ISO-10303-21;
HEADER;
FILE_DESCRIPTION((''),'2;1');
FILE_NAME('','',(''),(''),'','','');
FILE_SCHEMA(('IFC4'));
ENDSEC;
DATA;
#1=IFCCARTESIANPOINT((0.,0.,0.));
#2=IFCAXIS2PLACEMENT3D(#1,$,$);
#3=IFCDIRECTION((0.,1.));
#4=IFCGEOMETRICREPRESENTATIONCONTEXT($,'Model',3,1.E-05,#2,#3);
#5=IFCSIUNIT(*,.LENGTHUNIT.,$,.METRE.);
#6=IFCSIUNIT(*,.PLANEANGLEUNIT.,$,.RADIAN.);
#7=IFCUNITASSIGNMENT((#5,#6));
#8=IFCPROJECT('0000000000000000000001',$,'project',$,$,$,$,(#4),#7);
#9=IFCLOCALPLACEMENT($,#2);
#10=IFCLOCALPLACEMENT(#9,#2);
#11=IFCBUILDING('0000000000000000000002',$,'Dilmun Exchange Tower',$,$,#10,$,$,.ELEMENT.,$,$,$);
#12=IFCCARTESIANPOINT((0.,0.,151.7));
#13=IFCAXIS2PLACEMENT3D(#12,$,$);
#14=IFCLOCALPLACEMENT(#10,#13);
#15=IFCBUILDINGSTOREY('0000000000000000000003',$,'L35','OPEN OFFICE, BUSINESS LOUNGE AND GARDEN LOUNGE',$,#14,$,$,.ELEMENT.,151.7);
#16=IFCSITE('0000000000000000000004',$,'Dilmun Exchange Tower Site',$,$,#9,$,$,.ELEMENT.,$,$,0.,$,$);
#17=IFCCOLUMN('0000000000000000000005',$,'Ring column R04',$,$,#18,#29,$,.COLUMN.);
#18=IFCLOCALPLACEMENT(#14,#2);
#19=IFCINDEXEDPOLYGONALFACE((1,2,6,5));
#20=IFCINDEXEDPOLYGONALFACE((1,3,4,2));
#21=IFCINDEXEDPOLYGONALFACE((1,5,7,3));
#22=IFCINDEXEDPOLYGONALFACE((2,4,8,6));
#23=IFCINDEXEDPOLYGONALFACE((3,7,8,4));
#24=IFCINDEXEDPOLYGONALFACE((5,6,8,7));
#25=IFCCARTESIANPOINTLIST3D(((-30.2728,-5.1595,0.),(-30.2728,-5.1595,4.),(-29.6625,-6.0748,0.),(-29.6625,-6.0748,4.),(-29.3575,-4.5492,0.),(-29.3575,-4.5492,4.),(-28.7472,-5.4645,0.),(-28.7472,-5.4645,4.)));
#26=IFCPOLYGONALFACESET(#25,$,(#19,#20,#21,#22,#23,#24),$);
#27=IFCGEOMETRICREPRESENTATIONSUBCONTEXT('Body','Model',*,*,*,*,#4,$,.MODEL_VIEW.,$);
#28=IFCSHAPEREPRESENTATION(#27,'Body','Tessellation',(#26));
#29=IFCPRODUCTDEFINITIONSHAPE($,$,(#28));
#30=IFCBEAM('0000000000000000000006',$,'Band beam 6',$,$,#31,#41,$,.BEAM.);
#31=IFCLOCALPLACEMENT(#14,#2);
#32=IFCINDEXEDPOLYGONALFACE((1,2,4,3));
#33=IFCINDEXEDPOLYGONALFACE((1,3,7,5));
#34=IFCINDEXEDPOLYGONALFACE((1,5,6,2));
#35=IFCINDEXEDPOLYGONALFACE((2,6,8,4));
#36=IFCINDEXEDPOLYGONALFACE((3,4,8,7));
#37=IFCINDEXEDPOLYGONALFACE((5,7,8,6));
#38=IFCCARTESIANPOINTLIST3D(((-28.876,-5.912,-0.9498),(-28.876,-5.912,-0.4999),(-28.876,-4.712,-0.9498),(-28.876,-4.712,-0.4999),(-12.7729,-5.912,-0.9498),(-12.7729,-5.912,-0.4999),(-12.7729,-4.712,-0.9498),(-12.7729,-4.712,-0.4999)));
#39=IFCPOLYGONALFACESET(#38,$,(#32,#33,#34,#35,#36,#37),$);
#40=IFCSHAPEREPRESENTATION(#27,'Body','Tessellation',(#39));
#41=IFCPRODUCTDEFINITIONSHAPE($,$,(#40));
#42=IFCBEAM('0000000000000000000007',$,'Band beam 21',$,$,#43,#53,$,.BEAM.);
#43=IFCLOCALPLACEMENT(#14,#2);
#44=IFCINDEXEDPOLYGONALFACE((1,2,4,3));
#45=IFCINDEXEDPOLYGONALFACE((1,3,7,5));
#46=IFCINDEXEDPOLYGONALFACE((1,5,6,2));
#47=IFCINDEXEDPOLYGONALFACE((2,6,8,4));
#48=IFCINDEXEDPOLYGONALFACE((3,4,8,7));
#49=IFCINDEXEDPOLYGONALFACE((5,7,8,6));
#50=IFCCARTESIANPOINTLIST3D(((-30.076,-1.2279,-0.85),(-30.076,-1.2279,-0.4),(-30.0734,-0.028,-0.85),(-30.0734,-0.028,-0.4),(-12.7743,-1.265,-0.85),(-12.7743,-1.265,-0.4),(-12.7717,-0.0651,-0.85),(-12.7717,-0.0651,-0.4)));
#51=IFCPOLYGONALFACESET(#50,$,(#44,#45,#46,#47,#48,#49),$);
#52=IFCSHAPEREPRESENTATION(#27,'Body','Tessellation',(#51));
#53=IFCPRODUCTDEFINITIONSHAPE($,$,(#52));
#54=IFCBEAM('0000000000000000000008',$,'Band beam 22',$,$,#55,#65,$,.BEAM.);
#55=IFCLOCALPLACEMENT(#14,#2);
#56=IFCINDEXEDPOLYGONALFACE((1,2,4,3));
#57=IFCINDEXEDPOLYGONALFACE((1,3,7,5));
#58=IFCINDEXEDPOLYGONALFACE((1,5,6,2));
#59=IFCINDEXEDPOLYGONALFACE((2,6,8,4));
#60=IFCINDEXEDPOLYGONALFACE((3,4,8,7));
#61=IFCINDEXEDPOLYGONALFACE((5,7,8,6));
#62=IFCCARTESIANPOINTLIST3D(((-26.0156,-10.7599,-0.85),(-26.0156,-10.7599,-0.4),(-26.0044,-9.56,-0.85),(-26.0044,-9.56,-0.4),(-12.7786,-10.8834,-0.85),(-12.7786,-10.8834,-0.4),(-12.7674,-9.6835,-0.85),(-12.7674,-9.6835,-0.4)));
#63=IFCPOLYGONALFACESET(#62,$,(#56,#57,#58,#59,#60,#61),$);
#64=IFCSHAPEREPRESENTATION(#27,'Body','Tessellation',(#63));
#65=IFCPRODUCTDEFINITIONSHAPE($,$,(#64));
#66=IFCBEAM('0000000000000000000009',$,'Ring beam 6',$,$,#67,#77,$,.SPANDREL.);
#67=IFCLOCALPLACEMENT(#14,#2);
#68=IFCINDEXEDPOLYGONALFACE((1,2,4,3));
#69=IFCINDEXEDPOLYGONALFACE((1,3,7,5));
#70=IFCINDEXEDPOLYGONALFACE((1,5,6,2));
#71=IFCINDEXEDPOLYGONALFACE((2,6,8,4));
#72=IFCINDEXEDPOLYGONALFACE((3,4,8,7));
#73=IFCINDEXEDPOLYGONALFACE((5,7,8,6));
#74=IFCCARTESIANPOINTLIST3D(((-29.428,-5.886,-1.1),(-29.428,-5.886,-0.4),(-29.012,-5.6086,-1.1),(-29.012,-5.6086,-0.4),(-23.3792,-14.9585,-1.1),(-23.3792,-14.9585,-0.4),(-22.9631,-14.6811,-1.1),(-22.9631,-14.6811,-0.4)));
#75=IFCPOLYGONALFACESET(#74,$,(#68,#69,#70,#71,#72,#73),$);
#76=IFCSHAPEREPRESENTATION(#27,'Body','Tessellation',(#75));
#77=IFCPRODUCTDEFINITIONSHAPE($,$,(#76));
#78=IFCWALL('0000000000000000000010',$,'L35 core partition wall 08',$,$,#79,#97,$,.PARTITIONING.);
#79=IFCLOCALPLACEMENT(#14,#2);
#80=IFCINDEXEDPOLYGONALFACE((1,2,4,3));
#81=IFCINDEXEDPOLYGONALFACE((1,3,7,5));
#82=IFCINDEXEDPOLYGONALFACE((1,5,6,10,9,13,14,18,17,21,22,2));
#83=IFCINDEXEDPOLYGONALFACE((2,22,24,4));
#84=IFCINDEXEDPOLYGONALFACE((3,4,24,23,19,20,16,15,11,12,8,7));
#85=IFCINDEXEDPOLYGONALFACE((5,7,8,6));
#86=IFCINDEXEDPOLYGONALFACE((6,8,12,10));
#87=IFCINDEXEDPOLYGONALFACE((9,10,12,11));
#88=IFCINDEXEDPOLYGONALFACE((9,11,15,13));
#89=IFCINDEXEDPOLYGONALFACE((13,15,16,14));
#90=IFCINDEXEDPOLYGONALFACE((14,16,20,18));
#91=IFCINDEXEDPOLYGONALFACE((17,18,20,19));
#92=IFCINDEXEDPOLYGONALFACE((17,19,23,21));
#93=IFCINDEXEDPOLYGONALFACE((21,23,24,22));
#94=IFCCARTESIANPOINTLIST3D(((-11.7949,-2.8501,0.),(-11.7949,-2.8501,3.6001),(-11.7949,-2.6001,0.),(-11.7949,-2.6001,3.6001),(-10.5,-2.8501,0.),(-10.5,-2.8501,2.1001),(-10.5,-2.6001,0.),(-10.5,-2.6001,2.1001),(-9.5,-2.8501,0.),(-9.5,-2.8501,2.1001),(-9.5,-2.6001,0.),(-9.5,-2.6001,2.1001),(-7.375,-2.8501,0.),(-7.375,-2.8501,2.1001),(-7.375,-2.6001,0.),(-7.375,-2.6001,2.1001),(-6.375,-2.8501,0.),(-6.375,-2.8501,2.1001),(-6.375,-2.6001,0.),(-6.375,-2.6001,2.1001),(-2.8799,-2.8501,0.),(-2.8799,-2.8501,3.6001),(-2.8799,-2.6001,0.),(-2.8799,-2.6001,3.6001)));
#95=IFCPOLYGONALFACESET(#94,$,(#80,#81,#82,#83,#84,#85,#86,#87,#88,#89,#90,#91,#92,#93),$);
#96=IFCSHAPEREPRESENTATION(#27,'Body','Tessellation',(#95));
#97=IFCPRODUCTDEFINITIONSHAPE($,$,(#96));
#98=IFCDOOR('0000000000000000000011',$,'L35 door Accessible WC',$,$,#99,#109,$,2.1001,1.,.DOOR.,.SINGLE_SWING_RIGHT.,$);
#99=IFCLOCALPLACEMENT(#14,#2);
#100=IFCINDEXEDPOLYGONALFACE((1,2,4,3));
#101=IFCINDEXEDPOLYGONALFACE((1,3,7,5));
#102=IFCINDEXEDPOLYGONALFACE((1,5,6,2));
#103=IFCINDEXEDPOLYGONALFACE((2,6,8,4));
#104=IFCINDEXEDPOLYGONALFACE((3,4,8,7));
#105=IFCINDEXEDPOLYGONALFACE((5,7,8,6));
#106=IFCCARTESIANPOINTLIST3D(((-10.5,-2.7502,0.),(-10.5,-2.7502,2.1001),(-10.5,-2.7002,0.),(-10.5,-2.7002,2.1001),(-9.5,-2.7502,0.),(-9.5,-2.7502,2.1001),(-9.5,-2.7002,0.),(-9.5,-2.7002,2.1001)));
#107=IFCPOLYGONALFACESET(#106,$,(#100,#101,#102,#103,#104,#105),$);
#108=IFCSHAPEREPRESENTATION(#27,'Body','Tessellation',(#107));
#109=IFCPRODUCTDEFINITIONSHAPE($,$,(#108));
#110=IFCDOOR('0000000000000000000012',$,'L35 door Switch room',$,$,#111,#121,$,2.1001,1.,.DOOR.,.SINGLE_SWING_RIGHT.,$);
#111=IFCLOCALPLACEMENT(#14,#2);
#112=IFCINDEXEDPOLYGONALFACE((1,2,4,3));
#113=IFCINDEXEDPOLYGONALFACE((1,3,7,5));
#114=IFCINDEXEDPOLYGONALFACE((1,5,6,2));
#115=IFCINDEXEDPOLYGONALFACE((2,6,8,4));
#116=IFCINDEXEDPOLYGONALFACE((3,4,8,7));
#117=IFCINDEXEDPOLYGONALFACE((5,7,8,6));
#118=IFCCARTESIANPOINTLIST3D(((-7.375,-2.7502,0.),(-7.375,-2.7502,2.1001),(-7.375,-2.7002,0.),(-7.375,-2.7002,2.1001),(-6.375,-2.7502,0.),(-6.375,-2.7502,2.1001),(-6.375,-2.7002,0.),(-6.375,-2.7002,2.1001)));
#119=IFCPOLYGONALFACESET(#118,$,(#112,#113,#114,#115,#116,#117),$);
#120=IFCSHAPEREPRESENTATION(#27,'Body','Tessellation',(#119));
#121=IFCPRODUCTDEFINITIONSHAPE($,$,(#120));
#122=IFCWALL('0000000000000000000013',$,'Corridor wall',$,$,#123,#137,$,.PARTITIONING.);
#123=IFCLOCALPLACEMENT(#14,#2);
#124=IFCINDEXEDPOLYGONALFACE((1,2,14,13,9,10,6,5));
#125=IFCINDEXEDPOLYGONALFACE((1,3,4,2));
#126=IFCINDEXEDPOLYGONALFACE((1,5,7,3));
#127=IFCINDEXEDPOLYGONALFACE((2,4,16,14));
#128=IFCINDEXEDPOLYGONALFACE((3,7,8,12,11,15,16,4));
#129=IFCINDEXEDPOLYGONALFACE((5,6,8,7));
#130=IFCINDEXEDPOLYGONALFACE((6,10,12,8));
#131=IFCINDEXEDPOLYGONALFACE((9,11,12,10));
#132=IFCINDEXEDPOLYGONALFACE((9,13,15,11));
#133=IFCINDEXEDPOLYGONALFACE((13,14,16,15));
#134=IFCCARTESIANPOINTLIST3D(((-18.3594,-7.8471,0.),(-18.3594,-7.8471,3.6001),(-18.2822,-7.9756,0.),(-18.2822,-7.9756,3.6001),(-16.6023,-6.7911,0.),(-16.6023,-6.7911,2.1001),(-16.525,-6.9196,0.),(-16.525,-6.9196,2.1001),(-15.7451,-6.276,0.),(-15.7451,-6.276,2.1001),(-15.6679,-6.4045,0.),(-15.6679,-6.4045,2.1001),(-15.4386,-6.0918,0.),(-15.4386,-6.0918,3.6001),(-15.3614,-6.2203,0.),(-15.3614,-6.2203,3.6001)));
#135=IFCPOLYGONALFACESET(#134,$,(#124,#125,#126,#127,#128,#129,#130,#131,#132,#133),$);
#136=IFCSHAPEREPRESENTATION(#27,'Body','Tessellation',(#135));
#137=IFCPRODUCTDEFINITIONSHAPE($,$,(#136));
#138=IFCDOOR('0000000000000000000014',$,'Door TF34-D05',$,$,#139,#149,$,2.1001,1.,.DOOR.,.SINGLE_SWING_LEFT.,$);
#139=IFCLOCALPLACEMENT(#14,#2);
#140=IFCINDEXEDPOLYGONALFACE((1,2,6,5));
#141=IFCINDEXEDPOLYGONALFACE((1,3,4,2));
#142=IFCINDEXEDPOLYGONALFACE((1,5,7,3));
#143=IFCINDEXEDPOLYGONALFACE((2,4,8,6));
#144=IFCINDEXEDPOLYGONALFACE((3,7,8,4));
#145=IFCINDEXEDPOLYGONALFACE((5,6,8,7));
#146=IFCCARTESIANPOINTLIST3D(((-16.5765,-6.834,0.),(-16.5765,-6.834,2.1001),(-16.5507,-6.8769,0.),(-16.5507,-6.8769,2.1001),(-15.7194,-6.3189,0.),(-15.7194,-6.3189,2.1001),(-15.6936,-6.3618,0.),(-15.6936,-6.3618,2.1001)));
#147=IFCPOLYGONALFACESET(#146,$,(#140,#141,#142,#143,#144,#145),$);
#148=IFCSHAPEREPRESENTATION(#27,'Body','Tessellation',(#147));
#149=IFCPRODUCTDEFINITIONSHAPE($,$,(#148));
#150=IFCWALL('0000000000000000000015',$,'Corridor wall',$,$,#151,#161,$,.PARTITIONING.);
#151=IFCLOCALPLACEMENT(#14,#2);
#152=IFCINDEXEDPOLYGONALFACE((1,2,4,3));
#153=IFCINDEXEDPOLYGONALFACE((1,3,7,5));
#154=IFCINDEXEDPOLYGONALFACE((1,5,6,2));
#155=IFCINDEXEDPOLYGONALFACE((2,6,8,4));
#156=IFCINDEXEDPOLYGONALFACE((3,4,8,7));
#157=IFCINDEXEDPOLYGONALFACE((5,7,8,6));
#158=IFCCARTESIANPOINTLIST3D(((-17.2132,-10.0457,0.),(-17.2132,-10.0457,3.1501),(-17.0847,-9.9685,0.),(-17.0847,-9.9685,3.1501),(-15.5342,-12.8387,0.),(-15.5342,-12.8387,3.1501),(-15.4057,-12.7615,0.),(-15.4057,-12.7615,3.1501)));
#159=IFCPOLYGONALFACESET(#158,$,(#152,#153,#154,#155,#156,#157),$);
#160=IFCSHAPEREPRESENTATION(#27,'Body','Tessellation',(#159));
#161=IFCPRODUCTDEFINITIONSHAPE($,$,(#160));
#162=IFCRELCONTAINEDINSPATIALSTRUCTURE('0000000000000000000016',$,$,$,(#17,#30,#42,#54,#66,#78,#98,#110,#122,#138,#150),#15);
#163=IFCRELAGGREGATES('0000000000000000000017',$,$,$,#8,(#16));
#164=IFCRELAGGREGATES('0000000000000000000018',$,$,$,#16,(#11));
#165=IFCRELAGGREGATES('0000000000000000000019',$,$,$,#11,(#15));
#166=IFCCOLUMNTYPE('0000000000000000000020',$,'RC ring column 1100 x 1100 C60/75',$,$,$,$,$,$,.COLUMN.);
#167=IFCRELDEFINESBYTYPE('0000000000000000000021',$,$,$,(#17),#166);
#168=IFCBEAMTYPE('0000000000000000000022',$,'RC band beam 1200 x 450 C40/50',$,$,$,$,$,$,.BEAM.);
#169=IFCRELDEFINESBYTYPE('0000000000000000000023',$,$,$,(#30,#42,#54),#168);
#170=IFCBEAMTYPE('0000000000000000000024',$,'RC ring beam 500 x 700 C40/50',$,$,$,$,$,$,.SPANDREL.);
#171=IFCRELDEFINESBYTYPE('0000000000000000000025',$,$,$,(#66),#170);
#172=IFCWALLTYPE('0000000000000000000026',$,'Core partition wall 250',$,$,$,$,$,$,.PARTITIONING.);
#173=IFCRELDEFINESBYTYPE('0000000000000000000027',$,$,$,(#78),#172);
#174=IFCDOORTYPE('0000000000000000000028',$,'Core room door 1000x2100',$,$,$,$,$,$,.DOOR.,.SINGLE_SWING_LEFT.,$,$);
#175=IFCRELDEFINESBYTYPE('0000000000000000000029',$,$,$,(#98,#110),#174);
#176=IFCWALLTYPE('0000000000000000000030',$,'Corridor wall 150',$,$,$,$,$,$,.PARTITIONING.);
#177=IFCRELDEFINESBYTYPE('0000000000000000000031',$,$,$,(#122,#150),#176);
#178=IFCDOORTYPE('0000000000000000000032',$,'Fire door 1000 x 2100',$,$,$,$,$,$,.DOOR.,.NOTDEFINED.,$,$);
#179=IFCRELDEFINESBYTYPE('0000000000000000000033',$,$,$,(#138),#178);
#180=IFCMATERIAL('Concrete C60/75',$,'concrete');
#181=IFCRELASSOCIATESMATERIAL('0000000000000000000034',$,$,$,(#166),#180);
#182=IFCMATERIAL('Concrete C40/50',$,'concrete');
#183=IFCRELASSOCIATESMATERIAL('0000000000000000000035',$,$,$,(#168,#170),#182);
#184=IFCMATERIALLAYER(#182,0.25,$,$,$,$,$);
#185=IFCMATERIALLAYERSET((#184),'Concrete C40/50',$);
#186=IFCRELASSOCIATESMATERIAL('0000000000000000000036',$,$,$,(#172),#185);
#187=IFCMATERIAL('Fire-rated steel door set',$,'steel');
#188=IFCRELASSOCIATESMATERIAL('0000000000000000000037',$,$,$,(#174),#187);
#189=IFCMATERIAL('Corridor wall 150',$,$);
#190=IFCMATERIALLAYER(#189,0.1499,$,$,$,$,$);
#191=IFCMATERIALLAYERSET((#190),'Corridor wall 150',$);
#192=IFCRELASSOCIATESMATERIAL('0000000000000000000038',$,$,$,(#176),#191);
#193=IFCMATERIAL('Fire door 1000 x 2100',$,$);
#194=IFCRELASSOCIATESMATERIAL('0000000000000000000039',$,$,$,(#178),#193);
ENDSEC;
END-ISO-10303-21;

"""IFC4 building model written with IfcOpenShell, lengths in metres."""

from ifc_helpers import new_model, si_unit, direction, frame, frame_2d, origin, origin_2d, place, context, subcontext, project, spatial, rectangle, extrude, material, layer, layer_set, material_profile, profile_set, type_object, element, fill, save


model = new_model("IFC4")

# Units and contexts
model_context = context("Model", 3, precision=1e-05, world=origin(), true_north=direction((0.0, 1.0)))
body_context = subcontext(model_context, "Body", "Model", "MODEL_VIEW")
ifc_project = project(units=[si_unit("LENGTHUNIT", "METRE"), si_unit("PLANEANGLEUNIT", "RADIAN")], contexts=[model_context])

# Site, building, storey
site_placement = place(None, origin())
site = spatial("IfcSite", under=ifc_project, at=site_placement, Name="Dilmun Exchange Tower Site", CompositionType="ELEMENT", RefElevation=0.0)
building_placement = place(site_placement, origin())
building = spatial("IfcBuilding", under=site, at=building_placement, Name="Dilmun Exchange Tower", CompositionType="ELEMENT")
storey_placement = place(building_placement, frame((0.0, 0.0, 151.7)))
storey = spatial("IfcBuildingStorey", under=building, at=storey_placement, Name="L35", Description="OPEN OFFICE, BUSINESS LOUNGE AND GARDEN LOUNGE", CompositionType="ELEMENT", Elevation=151.7)

# Column
ifc_material_1 = material(Name="Concrete C60/75", Category="concrete")
ifc_material_profile_1 = material_profile(ifc_material_1, rectangle(XDim=1.1001, YDim=1.1001, at=origin_2d()), Name="1100 x 1100")
ifc_profile_set_1 = profile_set([ifc_material_profile_1], Name="Concrete C60/75")
column_type = type_object("IfcColumnType", Name="RC ring column 1100 x 1100 C60/75", PredefinedType="COLUMN", material=ifc_profile_set_1)
column_placement = place(storey_placement, frame((-29.51, -5.312, 0.0), z_axis=(0.0, 0.0, 1.0), x_axis=(0.832029, 0.554733, 0.0)))
element("IfcColumn", 1, at=column_placement, inside=storey, type_object=column_type, Name="Ring column R04", PredefinedType="COLUMN", context=body_context, shape_type="SweptSolid", body=[
    extrude(rectangle(XDim=1.1001, YDim=1.1001, at=origin_2d()), origin(), (0.0, 0.0, 1.0), 4.0),
])

# Beams
ifc_material_2 = material(Name="Concrete C40/50", Category="concrete")
ifc_material_profile_2 = material_profile(ifc_material_2, rectangle(XDim=1.2, YDim=0.45, at=origin_2d()), Name="1200 x 450")
ifc_profile_set_2 = profile_set([ifc_material_profile_2], Name="Concrete C40/50")
beam_type_1 = type_object("IfcBeamType", Name="RC band beam 1200 x 450 C40/50", PredefinedType="BEAM", material=ifc_profile_set_2)
beam_1_placement = place(storey_placement, frame((-28.876, -5.312, -0.7249), z_axis=(1.0, 0.0, 0.0), x_axis=(0.0, 1.0, 0.0)))
element("IfcBeam", 2, at=beam_1_placement, inside=storey, type_object=beam_type_1, Name="Band beam 6", PredefinedType="BEAM", context=body_context, shape_type="SweptSolid", body=[
    extrude(rectangle(XDim=1.2, YDim=0.45, at=origin_2d()), origin(), (0.0, 0.0, 1.0), 16.103),
])
beam_2_placement = place(storey_placement, frame((-30.0747, -0.6279, -0.625), z_axis=(0.999998, -0.002145, 0.0), x_axis=(0.002145, 0.999998, 0.0)))
element("IfcBeam", 3, at=beam_2_placement, inside=storey, type_object=beam_type_1, Name="Band beam 21", PredefinedType="BEAM", context=body_context, shape_type="SweptSolid", body=[
    extrude(rectangle(XDim=1.2, YDim=0.45, at=origin_2d()), origin(), (0.0, 0.0, 1.0), 17.3018),
])
beam_3_placement = place(storey_placement, frame((-26.01, -10.1599, -0.625), z_axis=(0.999956, -0.009332, 0.0), x_axis=(0.009332, 0.999956, 0.0)))
element("IfcBeam", 4, at=beam_3_placement, inside=storey, type_object=beam_type_1, Name="Band beam 22", PredefinedType="BEAM", context=body_context, shape_type="SweptSolid", body=[
    extrude(rectangle(XDim=1.2, YDim=0.45, at=origin_2d()), origin(), (0.0, 0.0, 1.0), 13.2375),
])
ifc_material_profile_3 = material_profile(ifc_material_2, rectangle(XDim=0.5, YDim=0.7, at=origin_2d()), Name="500 x 700")
ifc_profile_set_3 = profile_set([ifc_material_profile_3], Name="Concrete C40/50")
beam_type_2 = type_object("IfcBeamType", Name="RC ring beam 500 x 700 C40/50", PredefinedType="SPANDREL", material=ifc_profile_set_3)
beam_4_placement = place(storey_placement, frame((-29.22, -5.7473, -0.75), z_axis=(0.554731, -0.83203, 0.0), x_axis=(0.83203, 0.554731, 0.0)))
element("IfcBeam", 5, at=beam_4_placement, inside=storey, type_object=beam_type_2, Name="Ring beam 6", PredefinedType="SPANDREL", context=body_context, shape_type="SweptSolid", body=[
    extrude(rectangle(XDim=0.5, YDim=0.7, at=origin_2d()), origin(), (0.0, 0.0, 1.0), 10.9041),
])

# Wall, openings, doors
ifc_layer_1 = layer(ifc_material_2, 0.25)
ifc_layer_set_1 = layer_set([ifc_layer_1], Name="Concrete C40/50")
wall_type_1 = type_object("IfcWallType", Name="Core partition wall 250", PredefinedType="PARTITIONING", material=ifc_layer_set_1)
wall_1_placement = place(storey_placement, frame((-11.7949, -2.7251, 0.0), z_axis=(0.0, 0.0, 1.0), x_axis=(1.0, 0.0, 0.0)))
wall_1 = element("IfcWall", 6, at=wall_1_placement, inside=storey, type_object=wall_type_1, Name="L35 core partition wall 08", PredefinedType="PARTITIONING", context=body_context, shape_type="SweptSolid", body=[
    extrude(rectangle(XDim=8.915, YDim=0.25, at=frame_2d((4.4575, 0.0))), origin(), (0.0, 0.0, 1.0), 3.6001),
])
opening_1_placement = place(wall_1_placement, frame((1.2949, 0.0, 0.0)))
opening_1 = element("IfcOpeningElement", 7, at=opening_1_placement, cuts=wall_1, PredefinedType="OPENING", context=body_context, shape_type="SweptSolid", body=[
    extrude(rectangle(XDim=1.0, YDim=2.1001, at=frame_2d((0.5, 1.05))), frame((0.0, 0.135, 0.0), z_axis=(0.0, -1.0, 0.0), x_axis=(1.0, 0.0, 0.0)), (0.0, 0.0, 1.0), 0.27),
])
opening_2_placement = place(wall_1_placement, frame((4.4199, 0.0, 0.0)))
opening_2 = element("IfcOpeningElement", 8, at=opening_2_placement, cuts=wall_1, PredefinedType="OPENING", context=body_context, shape_type="SweptSolid", body=[
    extrude(rectangle(XDim=1.0, YDim=2.1001, at=frame_2d((0.5, 1.05))), frame((0.0, 0.135, 0.0), z_axis=(0.0, -1.0, 0.0), x_axis=(1.0, 0.0, 0.0)), (0.0, 0.0, 1.0), 0.27),
])
ifc_material_3 = material(Name="Fire-rated steel door set", Category="steel")
door_type_1 = type_object("IfcDoorType", Name="Core room door 1000x2100", OperationType="SINGLE_SWING_LEFT", PredefinedType="DOOR", material=ifc_material_3)
door_1_placement = place(opening_1_placement, origin())
door_1 = element("IfcDoor", 9, at=door_1_placement, inside=storey, type_object=door_type_1, Name="L35 door Accessible WC", OperationType="SINGLE_SWING_RIGHT", OverallHeight=2.1001, OverallWidth=1.0, PredefinedType="DOOR", context=body_context, shape_type="SweptSolid", body=[
    extrude(rectangle(XDim=1.0, YDim=2.1001, at=frame_2d((0.5, 1.05))), frame((0.0, 0.0249, 0.0), z_axis=(0.0, -1.0, 0.0), x_axis=(1.0, 0.0, 0.0)), (0.0, 0.0, 1.0), 0.05),
])
fill(opening_1, door_1)
door_2_placement = place(opening_2_placement, origin())
door_2 = element("IfcDoor", 10, at=door_2_placement, inside=storey, type_object=door_type_1, Name="L35 door Switch room", OperationType="SINGLE_SWING_RIGHT", OverallHeight=2.1001, OverallWidth=1.0, PredefinedType="DOOR", context=body_context, shape_type="SweptSolid", body=[
    extrude(rectangle(XDim=1.0, YDim=2.1001, at=frame_2d((0.5, 1.05))), frame((0.0, 0.0249, 0.0), z_axis=(0.0, -1.0, 0.0), x_axis=(1.0, 0.0, 0.0)), (0.0, 0.0, 1.0), 0.05),
])
fill(opening_2, door_2)

# Wall, opening, door
ifc_material_4 = material(Name="Corridor wall 150")
ifc_layer_2 = layer(ifc_material_4, 0.1499)
ifc_layer_set_2 = layer_set([ifc_layer_2], Name="Corridor wall 150")
wall_type_2 = type_object("IfcWallType", Name="Corridor wall 150", PredefinedType="PARTITIONING", material=ifc_layer_set_2)
wall_2_placement = place(storey_placement, frame((-18.3208, -7.9114, 0.0), z_axis=(0.0, 0.0, 1.0), x_axis=(0.857126, 0.515107, 0.0)))
wall_2 = element("IfcWall", 11, at=wall_2_placement, inside=storey, type_object=wall_type_2, Name="Corridor wall", PredefinedType="PARTITIONING", context=body_context, shape_type="SweptSolid", body=[
    extrude(rectangle(XDim=3.4077, YDim=0.1499, at=frame_2d((1.7039, 0.0))), origin(), (0.0, 0.0, 1.0), 3.6001),
])
opening_3_placement = place(wall_2_placement, frame((2.05, 0.0, 0.0)))
opening_3 = element("IfcOpeningElement", 12, at=opening_3_placement, cuts=wall_2, PredefinedType="OPENING", context=body_context, shape_type="SweptSolid", body=[
    extrude(rectangle(XDim=1.0, YDim=2.1001, at=frame_2d((0.5, 1.05))), frame((0.0, 0.085, 0.0), z_axis=(0.0, -1.0, 0.0), x_axis=(1.0, 0.0, 0.0)), (0.0, 0.0, 1.0), 0.1699),
])
ifc_material_5 = material(Name="Fire door 1000 x 2100")
door_type_2 = type_object("IfcDoorType", Name="Fire door 1000 x 2100", OperationType="NOTDEFINED", PredefinedType="DOOR", material=ifc_material_5)
door_3_placement = place(opening_3_placement, origin())
door_3 = element("IfcDoor", 13, at=door_3_placement, inside=storey, type_object=door_type_2, Name="Door TF34-D05", OperationType="SINGLE_SWING_LEFT", OverallHeight=2.1001, OverallWidth=1.0, PredefinedType="DOOR", context=body_context, shape_type="SweptSolid", body=[
    extrude(rectangle(XDim=1.0, YDim=2.1001, at=frame_2d((0.5, 1.05))), frame((0.0, 0.0249, 0.0), z_axis=(0.0, -1.0, 0.0), x_axis=(1.0, 0.0, 0.0)), (0.0, 0.0, 1.0), 0.05),
])
fill(opening_3, door_3)

# Wall
wall_3_placement = place(storey_placement, frame((-17.1489, -10.0071, 0.0), z_axis=(0.0, 0.0, 1.0), x_axis=(0.515212, -0.857063, 0.0)))
element("IfcWall", 14, at=wall_3_placement, inside=storey, type_object=wall_type_2, Name="Corridor wall", PredefinedType="PARTITIONING", context=body_context, shape_type="SweptSolid", body=[
    extrude(rectangle(XDim=3.2588, YDim=0.1499, at=frame_2d((1.6294, 0.0))), origin(), (0.0, 0.0, 1.0), 3.1501),
])

save(model, "model.ifc")
